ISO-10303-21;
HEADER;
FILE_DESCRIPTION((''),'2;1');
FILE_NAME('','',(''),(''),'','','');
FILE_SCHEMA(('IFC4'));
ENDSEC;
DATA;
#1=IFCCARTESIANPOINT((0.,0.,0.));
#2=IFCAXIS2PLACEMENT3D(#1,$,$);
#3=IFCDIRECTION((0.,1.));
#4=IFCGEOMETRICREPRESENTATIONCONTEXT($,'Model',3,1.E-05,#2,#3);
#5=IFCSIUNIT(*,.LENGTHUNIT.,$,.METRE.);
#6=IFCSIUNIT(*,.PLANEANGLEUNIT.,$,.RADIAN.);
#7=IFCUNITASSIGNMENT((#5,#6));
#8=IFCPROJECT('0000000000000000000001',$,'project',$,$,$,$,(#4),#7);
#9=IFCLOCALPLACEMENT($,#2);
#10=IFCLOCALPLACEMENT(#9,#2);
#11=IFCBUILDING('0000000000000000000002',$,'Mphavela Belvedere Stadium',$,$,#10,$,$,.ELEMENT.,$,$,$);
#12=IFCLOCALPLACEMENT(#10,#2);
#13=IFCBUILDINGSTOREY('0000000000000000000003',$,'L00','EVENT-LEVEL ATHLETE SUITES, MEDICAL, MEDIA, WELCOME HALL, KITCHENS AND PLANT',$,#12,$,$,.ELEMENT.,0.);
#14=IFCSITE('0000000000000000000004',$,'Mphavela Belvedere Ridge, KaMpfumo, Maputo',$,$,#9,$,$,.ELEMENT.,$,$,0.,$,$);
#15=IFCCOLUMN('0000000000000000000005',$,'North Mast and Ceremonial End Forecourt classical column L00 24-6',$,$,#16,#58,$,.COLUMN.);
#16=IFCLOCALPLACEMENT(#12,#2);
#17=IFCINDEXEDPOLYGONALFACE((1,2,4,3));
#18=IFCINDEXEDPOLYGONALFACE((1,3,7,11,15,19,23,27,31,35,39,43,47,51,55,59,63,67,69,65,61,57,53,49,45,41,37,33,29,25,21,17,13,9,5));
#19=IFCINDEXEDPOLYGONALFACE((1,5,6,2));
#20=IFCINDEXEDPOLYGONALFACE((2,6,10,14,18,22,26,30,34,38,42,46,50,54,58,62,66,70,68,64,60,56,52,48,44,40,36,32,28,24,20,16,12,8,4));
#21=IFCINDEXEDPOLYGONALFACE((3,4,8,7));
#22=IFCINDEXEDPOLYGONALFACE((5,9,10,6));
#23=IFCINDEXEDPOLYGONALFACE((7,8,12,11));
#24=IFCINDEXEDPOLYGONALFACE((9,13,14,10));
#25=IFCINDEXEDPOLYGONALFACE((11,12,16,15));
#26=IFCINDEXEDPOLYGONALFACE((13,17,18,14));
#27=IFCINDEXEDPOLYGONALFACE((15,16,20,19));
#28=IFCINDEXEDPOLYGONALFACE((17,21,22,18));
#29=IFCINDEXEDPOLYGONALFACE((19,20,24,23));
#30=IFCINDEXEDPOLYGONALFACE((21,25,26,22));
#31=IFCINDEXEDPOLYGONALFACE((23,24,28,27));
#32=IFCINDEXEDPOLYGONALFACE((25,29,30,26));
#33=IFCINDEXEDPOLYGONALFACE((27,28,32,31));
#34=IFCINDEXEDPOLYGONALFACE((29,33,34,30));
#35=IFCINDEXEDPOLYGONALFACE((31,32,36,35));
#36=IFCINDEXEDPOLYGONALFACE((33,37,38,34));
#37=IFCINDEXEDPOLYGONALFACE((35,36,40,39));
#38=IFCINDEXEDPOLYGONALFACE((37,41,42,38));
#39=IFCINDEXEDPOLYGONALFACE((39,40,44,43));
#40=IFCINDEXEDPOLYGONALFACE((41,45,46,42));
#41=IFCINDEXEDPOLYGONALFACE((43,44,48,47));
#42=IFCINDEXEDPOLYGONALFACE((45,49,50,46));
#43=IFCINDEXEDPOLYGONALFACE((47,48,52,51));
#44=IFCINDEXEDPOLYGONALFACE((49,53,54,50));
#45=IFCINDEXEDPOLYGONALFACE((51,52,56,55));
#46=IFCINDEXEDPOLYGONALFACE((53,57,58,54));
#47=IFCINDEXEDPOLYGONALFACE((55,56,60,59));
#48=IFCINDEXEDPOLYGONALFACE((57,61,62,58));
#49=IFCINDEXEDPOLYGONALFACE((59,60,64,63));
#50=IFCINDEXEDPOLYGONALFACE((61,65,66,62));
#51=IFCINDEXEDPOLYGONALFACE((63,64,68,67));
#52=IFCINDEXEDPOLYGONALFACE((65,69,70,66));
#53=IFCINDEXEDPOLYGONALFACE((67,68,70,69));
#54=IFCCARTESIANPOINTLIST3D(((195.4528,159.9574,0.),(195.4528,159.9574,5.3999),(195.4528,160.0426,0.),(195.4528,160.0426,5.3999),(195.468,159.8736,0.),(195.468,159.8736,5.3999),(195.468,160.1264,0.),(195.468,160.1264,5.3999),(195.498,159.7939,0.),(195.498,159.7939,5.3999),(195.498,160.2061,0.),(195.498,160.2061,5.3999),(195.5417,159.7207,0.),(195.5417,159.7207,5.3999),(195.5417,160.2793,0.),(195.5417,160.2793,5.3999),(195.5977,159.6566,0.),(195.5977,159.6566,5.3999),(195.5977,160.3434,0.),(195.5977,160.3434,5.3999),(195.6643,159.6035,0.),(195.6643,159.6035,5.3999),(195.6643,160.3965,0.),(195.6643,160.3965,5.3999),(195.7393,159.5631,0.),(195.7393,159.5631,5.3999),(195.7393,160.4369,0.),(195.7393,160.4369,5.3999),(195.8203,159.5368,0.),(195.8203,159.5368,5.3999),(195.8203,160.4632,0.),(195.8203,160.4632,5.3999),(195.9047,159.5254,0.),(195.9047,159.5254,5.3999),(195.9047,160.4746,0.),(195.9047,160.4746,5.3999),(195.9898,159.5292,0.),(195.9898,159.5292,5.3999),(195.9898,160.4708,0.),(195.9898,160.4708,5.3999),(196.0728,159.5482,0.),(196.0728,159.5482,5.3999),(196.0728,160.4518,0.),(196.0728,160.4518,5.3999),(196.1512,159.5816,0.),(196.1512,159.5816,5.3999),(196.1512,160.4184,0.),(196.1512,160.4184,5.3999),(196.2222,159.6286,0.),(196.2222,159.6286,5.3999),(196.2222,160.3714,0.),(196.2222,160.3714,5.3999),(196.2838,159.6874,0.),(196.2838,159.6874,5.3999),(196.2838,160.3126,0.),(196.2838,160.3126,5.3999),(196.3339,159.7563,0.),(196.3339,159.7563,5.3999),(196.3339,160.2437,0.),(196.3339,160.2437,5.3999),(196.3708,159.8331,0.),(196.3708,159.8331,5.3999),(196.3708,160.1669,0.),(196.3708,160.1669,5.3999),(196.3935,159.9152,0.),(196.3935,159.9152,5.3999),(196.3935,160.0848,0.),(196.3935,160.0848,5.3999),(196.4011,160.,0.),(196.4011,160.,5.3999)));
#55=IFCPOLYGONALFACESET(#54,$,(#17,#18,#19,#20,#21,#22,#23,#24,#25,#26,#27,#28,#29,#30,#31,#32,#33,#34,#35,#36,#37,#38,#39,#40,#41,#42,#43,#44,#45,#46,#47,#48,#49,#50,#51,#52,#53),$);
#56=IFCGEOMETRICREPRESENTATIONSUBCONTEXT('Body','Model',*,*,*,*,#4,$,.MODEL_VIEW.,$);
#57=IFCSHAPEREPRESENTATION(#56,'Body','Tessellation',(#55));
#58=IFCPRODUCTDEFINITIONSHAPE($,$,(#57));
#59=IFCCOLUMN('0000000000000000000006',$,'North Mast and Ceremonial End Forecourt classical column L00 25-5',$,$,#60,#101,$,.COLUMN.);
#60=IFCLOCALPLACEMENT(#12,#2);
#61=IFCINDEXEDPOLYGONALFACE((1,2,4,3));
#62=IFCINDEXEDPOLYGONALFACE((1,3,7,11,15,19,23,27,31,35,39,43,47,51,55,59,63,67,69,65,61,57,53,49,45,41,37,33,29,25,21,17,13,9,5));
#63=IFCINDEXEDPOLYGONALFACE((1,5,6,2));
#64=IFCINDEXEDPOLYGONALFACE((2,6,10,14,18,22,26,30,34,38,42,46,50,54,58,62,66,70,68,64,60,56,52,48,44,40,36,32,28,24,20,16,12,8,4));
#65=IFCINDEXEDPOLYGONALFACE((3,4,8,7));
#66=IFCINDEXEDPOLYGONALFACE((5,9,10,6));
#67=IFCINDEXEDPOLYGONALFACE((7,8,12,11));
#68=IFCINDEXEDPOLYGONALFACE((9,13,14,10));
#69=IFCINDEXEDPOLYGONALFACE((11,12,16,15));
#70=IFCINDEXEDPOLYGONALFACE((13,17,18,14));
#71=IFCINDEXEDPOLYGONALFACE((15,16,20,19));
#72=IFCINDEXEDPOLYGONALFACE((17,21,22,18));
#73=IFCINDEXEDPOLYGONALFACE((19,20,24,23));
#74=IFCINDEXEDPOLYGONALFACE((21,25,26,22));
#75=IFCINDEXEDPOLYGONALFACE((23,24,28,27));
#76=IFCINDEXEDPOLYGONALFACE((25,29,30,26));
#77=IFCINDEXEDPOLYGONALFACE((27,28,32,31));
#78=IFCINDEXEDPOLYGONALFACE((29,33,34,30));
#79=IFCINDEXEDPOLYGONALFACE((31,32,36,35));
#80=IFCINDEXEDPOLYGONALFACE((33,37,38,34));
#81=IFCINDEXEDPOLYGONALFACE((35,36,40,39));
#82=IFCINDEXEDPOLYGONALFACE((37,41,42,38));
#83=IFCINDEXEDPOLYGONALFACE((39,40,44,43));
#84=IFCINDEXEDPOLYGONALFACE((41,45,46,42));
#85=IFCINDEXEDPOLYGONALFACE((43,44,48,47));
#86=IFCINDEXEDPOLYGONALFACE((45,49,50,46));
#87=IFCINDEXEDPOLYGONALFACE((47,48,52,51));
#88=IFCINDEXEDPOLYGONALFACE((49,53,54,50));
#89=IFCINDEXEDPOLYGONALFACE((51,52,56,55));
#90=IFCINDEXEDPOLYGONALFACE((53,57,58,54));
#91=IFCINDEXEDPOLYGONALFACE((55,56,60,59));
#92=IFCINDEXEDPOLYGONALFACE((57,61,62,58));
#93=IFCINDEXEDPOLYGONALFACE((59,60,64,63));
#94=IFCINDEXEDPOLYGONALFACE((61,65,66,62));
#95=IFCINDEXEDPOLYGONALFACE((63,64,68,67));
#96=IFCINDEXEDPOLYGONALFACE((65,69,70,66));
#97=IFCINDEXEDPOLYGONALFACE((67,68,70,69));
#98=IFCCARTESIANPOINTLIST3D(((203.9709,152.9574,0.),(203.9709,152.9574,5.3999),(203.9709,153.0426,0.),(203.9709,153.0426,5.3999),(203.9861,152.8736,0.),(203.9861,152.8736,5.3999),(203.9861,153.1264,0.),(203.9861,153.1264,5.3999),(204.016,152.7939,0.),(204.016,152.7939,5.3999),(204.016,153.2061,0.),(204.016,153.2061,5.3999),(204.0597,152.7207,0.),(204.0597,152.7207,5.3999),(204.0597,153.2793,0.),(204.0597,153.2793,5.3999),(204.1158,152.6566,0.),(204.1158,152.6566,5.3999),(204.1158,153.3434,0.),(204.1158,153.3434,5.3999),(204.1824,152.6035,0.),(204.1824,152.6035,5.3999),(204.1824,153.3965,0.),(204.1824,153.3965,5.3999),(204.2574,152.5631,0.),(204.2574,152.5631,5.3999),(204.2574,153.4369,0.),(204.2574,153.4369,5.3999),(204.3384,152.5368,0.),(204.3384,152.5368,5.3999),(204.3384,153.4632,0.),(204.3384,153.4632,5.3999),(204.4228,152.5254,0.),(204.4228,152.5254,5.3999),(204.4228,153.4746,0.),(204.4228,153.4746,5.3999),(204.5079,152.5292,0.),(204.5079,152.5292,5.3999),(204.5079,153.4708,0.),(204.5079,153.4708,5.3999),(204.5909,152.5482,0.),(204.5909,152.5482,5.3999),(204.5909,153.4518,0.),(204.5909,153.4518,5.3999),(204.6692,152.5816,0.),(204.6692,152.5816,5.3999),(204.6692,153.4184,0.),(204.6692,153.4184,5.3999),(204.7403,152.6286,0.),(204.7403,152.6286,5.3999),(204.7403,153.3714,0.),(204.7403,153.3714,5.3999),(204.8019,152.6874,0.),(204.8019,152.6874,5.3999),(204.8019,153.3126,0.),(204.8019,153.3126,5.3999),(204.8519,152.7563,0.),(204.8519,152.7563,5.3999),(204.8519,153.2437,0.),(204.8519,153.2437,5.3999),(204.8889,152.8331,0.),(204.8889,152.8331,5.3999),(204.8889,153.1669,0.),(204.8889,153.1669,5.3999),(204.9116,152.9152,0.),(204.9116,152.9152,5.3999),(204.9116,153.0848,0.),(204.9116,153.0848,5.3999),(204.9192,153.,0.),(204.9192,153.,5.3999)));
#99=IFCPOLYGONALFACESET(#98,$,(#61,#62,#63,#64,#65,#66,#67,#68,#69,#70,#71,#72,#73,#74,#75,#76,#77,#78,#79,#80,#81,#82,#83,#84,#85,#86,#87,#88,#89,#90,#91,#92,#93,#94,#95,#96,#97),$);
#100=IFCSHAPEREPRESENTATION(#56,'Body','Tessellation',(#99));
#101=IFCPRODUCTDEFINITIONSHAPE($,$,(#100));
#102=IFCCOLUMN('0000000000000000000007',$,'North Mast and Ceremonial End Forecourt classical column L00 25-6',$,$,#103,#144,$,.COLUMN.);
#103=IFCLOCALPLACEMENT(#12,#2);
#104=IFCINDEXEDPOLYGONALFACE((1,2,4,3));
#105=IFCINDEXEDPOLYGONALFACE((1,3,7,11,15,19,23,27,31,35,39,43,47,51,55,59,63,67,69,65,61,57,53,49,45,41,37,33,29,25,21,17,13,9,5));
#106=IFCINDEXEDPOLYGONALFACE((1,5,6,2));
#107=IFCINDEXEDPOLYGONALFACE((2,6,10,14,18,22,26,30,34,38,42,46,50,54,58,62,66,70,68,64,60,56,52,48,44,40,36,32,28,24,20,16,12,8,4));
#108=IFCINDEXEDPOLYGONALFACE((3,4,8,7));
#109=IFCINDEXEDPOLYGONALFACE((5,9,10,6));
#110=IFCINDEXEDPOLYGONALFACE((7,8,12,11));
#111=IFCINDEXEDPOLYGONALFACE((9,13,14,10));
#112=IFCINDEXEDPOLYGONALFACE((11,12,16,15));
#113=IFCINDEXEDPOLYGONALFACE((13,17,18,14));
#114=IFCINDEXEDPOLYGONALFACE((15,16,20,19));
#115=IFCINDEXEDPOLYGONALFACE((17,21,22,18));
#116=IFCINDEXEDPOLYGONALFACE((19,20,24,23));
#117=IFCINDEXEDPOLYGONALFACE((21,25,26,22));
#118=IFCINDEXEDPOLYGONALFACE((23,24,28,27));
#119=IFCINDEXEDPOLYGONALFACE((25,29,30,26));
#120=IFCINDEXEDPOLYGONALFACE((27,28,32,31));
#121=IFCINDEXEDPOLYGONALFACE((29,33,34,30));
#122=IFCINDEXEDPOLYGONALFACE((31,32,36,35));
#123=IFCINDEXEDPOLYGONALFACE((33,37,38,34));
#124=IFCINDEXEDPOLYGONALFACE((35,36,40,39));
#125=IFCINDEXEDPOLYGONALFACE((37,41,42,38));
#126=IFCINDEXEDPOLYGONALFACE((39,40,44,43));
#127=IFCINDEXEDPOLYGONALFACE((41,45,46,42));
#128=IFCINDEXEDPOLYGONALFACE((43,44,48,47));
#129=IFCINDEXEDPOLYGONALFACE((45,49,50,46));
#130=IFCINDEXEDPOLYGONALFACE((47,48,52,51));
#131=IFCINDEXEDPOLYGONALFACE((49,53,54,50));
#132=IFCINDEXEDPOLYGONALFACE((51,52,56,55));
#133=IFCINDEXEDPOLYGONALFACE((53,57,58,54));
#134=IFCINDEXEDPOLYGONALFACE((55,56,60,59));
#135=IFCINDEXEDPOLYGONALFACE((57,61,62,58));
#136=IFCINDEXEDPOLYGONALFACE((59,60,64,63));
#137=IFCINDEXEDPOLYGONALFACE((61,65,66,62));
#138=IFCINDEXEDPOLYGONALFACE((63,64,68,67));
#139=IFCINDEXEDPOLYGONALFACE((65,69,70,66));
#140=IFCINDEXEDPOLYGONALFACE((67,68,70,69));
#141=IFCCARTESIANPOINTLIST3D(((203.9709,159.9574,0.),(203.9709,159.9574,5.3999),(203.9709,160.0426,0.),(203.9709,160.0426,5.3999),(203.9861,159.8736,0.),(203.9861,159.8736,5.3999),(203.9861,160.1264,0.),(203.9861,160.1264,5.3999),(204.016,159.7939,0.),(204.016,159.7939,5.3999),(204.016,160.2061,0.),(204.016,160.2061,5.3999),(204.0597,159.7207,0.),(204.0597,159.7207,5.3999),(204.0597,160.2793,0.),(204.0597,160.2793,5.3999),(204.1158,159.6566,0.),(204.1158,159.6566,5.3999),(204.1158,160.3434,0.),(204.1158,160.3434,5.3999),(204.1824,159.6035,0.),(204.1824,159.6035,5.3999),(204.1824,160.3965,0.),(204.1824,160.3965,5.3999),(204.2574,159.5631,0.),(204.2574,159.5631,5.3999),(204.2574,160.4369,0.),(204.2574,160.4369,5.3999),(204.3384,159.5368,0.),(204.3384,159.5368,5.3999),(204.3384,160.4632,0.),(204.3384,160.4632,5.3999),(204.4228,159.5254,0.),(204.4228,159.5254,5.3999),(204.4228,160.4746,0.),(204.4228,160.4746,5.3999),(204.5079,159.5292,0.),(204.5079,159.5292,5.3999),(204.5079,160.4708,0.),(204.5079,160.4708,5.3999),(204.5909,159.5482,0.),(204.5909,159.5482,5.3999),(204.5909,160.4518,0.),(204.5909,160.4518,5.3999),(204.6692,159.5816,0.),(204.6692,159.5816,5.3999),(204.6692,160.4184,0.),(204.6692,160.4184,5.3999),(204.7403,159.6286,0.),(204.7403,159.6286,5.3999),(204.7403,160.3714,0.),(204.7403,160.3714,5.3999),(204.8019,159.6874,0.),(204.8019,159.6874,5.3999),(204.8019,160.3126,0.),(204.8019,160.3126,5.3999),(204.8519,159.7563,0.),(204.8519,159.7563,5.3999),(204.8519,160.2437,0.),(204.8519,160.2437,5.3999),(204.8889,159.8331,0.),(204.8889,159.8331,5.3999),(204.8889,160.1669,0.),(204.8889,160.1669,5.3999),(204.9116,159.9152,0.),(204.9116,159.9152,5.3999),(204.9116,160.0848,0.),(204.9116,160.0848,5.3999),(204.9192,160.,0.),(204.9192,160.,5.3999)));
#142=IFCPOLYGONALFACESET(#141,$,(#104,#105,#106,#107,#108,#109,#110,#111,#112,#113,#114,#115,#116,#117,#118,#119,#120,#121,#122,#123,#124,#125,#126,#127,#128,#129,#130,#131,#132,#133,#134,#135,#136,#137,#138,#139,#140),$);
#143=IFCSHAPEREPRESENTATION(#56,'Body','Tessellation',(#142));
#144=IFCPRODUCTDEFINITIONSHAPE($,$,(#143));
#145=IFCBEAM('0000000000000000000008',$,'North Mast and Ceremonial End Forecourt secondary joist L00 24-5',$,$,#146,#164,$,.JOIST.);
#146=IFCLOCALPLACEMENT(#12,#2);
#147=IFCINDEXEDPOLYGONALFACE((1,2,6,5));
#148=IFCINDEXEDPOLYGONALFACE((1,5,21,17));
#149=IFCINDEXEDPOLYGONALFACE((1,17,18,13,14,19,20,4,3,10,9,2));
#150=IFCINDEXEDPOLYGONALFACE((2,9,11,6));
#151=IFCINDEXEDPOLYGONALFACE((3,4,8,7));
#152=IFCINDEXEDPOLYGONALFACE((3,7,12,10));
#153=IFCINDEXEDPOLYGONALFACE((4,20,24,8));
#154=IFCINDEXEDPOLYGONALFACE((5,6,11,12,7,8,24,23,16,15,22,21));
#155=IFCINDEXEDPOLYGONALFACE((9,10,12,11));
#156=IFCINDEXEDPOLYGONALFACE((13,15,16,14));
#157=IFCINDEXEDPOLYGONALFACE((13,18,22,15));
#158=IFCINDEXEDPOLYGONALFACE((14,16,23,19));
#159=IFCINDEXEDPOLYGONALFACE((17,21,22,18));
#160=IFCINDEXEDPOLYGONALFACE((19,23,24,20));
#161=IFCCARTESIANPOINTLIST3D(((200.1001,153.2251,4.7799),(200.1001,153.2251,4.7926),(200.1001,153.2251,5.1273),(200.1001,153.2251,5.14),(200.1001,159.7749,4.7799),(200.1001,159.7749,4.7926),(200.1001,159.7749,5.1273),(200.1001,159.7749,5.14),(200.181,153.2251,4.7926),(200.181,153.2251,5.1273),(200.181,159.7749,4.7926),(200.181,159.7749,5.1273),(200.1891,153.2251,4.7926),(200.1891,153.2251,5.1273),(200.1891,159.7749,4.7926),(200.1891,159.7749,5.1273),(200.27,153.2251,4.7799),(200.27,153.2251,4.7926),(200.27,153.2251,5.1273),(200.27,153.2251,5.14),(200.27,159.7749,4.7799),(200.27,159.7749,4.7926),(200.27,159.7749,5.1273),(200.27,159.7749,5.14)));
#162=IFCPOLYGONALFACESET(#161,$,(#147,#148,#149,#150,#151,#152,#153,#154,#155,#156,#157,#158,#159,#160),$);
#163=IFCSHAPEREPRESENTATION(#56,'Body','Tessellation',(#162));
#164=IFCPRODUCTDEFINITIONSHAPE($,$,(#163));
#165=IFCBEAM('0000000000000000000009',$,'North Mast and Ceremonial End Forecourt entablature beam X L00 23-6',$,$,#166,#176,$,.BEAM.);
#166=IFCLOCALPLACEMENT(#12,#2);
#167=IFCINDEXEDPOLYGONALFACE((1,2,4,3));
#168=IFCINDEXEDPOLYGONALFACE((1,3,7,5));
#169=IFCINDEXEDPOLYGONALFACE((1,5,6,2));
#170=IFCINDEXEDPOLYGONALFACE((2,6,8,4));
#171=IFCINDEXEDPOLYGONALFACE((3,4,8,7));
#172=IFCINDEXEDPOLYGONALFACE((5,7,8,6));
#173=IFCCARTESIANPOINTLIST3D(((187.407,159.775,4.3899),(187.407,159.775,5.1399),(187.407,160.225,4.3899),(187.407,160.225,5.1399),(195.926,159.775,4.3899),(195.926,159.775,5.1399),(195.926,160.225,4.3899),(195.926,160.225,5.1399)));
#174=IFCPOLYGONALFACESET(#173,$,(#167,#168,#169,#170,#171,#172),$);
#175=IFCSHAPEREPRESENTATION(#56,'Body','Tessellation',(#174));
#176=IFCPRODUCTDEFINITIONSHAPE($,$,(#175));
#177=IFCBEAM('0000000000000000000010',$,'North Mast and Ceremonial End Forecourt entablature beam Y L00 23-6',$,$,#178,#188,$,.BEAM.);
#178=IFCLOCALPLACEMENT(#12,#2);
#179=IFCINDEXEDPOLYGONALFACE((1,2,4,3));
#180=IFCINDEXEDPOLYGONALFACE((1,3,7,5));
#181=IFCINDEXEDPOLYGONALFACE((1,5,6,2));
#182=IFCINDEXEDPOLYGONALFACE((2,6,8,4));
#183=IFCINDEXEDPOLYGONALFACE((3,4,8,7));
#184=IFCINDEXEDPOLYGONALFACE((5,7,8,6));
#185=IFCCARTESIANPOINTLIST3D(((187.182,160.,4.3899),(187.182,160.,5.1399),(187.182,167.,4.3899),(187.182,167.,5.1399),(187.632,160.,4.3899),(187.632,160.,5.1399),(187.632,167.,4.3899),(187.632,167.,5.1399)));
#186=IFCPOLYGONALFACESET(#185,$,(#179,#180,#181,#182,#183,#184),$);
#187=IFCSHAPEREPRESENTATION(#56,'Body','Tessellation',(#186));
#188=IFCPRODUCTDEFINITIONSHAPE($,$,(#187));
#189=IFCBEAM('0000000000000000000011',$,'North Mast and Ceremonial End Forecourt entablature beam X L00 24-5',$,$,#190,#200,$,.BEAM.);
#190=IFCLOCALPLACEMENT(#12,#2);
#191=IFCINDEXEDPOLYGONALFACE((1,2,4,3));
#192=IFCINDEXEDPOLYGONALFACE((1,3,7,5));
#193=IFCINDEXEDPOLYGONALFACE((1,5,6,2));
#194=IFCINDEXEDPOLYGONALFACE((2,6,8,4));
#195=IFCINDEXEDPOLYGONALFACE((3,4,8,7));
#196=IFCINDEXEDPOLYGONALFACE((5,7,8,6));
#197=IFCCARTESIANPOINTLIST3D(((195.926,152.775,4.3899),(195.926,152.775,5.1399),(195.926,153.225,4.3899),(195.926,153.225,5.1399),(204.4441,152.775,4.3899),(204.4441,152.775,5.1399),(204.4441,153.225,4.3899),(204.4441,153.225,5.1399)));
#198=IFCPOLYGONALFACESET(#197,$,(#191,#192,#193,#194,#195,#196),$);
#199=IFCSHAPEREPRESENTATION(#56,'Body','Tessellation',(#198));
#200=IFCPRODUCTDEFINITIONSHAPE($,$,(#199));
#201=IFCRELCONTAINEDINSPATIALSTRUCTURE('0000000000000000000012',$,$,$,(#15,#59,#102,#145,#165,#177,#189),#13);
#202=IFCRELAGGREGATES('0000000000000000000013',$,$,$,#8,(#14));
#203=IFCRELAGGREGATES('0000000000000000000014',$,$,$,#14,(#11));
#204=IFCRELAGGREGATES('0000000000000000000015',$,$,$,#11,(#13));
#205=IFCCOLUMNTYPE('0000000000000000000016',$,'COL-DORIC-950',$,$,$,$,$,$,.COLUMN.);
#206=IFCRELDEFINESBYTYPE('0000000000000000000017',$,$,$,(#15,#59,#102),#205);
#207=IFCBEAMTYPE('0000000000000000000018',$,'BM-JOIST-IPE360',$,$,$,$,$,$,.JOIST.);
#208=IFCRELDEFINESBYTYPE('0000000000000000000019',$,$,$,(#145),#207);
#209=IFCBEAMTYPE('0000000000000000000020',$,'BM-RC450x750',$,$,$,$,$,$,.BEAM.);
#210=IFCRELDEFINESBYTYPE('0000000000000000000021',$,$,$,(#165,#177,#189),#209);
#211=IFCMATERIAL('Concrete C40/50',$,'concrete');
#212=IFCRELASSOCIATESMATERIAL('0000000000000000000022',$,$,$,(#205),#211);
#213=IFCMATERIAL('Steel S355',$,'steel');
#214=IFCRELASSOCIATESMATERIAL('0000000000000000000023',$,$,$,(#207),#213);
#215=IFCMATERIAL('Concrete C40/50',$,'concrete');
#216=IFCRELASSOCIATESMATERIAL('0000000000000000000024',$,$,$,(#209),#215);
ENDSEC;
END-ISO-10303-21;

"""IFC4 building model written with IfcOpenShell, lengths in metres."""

from ifc_helpers import new_model, si_unit, direction, frame, origin, origin_2d, place, context, subcontext, project, spatial, rectangle, circle, i_section, extrude, material, material_profile, profile_set, type_object, element, save


model = new_model("IFC4")

# Units and contexts
model_context = context("Model", 3, precision=1e-05, world=origin(), true_north=direction((0.0, 1.0)))
body_context = subcontext(model_context, "Body", "Model", "MODEL_VIEW")
ifc_project = project(units=[si_unit("LENGTHUNIT", "METRE"), si_unit("PLANEANGLEUNIT", "RADIAN")], contexts=[model_context])

# Site, building, storey
site_placement = place(None, origin())
site = spatial("IfcSite", under=ifc_project, at=site_placement, Name="Mphavela Belvedere Ridge, KaMpfumo, Maputo", CompositionType="ELEMENT", RefElevation=0.0)
building_placement = place(site_placement, origin())
building = spatial("IfcBuilding", under=site, at=building_placement, Name="Mphavela Belvedere Stadium", CompositionType="ELEMENT")
storey_placement = place(building_placement, origin())
storey = spatial("IfcBuildingStorey", under=building, at=storey_placement, Name="L00", Description="EVENT-LEVEL ATHLETE SUITES, MEDICAL, MEDIA, WELCOME HALL, KITCHENS AND PLANT", CompositionType="ELEMENT", Elevation=0.0)

# Columns
ifc_material_1 = material(Name="Concrete C40/50", Category="concrete")
ifc_material_profile_1 = material_profile(ifc_material_1, circle(Radius=0.4751, at=origin_2d()), Name="COL D950")
ifc_profile_set_1 = profile_set([ifc_material_profile_1], Name="Concrete C40/50")
column_type = type_object("IfcColumnType", Name="COL-DORIC-950", PredefinedType="COLUMN", material=ifc_profile_set_1)
for number, where, z_axis, x_axis, name in (
    (1, (195.926, 160.0, 0.0), (0.0, 0.0, 1.0), (1.0, 0.0, 0.0), "North Mast and Ceremonial End Forecourt classical column L00 24-6"),
    (2, (204.4441, 153.0, 0.0), (0.0, 0.0, 1.0), (1.0, 0.0, 0.0), "North Mast and Ceremonial End Forecourt classical column L00 25-5"),
    (3, (204.4441, 160.0, 0.0), (0.0, 0.0, 1.0), (1.0, 0.0, 0.0), "North Mast and Ceremonial End Forecourt classical column L00 25-6"),
):
    element("IfcColumn", number, at=place(storey_placement, frame(where, z_axis=z_axis, x_axis=x_axis)), inside=storey, type_object=column_type, Name=name, PredefinedType="COLUMN", context=body_context, shape_type="SweptSolid", body=[
        extrude(circle(Radius=0.4751, at=origin_2d()), origin(), (0.0, 0.0, 1.0), 5.3999),
    ])

# Beams
ifc_material_2 = material(Name="Steel S355", Category="steel")
ifc_material_profile_2 = material_profile(ifc_material_2, i_section(OverallWidth=0.1699, OverallDepth=0.3601, WebThickness=0.0081, FlangeThickness=0.0127, at=origin_2d()), Name="IPE 360")
ifc_profile_set_2 = profile_set([ifc_material_profile_2], Name="Steel S355")
beam_type_1 = type_object("IfcBeamType", Name="BM-JOIST-IPE360", PredefinedType="JOIST", material=ifc_profile_set_2)
beam_1_placement = place(storey_placement, frame((200.1851, 153.2251, 4.96), z_axis=(0.0, 1.0, 0.0), x_axis=(-1.0, 0.0, 0.0)))
element("IfcBeam", 4, at=beam_1_placement, inside=storey, type_object=beam_type_1, Name="North Mast and Ceremonial End Forecourt secondary joist L00 24-5", PredefinedType="JOIST", context=body_context, shape_type="SweptSolid", body=[
    extrude(i_section(OverallWidth=0.1699, OverallDepth=0.3601, WebThickness=0.0081, FlangeThickness=0.0127, at=origin_2d()), origin(), (0.0, 0.0, 1.0), 6.5498),
])
ifc_material_3 = material(Name="Concrete C40/50", Category="concrete")
ifc_material_profile_3 = material_profile(ifc_material_3, rectangle(XDim=0.45, YDim=0.75, at=origin_2d()), Name="RC 450x750")
ifc_profile_set_3 = profile_set([ifc_material_profile_3], Name="Concrete C40/50")
beam_type_2 = type_object("IfcBeamType", Name="BM-RC450x750", PredefinedType="BEAM", material=ifc_profile_set_3)
beam_2_placement = place(storey_placement, frame((187.407, 160.0, 4.7649), z_axis=(1.0, 0.0, 0.0), x_axis=(0.0, 1.0, 0.0)))
element("IfcBeam", 5, at=beam_2_placement, inside=storey, type_object=beam_type_2, Name="North Mast and Ceremonial End Forecourt entablature beam X L00 23-6", PredefinedType="BEAM", context=body_context, shape_type="SweptSolid", body=[
    extrude(rectangle(XDim=0.45, YDim=0.75, at=origin_2d()), origin(), (0.0, 0.0, 1.0), 8.519),
])
beam_3_placement = place(storey_placement, frame((187.407, 160.0, 4.7649), z_axis=(0.0, 1.0, 0.0), x_axis=(-1.0, 0.0, 0.0)))
element("IfcBeam", 6, at=beam_3_placement, inside=storey, type_object=beam_type_2, Name="North Mast and Ceremonial End Forecourt entablature beam Y L00 23-6", PredefinedType="BEAM", context=body_context, shape_type="SweptSolid", body=[
    extrude(rectangle(XDim=0.45, YDim=0.75, at=origin_2d()), origin(), (0.0, 0.0, 1.0), 7.0),
])
beam_4_placement = place(storey_placement, frame((195.926, 153.0, 4.7649), z_axis=(1.0, 0.0, 0.0), x_axis=(0.0, 1.0, 0.0)))
element("IfcBeam", 7, at=beam_4_placement, inside=storey, type_object=beam_type_2, Name="North Mast and Ceremonial End Forecourt entablature beam X L00 24-5", PredefinedType="BEAM", context=body_context, shape_type="SweptSolid", body=[
    extrude(rectangle(XDim=0.45, YDim=0.75, at=origin_2d()), origin(), (0.0, 0.0, 1.0), 8.5181),
])

save(model, "model.ifc")
